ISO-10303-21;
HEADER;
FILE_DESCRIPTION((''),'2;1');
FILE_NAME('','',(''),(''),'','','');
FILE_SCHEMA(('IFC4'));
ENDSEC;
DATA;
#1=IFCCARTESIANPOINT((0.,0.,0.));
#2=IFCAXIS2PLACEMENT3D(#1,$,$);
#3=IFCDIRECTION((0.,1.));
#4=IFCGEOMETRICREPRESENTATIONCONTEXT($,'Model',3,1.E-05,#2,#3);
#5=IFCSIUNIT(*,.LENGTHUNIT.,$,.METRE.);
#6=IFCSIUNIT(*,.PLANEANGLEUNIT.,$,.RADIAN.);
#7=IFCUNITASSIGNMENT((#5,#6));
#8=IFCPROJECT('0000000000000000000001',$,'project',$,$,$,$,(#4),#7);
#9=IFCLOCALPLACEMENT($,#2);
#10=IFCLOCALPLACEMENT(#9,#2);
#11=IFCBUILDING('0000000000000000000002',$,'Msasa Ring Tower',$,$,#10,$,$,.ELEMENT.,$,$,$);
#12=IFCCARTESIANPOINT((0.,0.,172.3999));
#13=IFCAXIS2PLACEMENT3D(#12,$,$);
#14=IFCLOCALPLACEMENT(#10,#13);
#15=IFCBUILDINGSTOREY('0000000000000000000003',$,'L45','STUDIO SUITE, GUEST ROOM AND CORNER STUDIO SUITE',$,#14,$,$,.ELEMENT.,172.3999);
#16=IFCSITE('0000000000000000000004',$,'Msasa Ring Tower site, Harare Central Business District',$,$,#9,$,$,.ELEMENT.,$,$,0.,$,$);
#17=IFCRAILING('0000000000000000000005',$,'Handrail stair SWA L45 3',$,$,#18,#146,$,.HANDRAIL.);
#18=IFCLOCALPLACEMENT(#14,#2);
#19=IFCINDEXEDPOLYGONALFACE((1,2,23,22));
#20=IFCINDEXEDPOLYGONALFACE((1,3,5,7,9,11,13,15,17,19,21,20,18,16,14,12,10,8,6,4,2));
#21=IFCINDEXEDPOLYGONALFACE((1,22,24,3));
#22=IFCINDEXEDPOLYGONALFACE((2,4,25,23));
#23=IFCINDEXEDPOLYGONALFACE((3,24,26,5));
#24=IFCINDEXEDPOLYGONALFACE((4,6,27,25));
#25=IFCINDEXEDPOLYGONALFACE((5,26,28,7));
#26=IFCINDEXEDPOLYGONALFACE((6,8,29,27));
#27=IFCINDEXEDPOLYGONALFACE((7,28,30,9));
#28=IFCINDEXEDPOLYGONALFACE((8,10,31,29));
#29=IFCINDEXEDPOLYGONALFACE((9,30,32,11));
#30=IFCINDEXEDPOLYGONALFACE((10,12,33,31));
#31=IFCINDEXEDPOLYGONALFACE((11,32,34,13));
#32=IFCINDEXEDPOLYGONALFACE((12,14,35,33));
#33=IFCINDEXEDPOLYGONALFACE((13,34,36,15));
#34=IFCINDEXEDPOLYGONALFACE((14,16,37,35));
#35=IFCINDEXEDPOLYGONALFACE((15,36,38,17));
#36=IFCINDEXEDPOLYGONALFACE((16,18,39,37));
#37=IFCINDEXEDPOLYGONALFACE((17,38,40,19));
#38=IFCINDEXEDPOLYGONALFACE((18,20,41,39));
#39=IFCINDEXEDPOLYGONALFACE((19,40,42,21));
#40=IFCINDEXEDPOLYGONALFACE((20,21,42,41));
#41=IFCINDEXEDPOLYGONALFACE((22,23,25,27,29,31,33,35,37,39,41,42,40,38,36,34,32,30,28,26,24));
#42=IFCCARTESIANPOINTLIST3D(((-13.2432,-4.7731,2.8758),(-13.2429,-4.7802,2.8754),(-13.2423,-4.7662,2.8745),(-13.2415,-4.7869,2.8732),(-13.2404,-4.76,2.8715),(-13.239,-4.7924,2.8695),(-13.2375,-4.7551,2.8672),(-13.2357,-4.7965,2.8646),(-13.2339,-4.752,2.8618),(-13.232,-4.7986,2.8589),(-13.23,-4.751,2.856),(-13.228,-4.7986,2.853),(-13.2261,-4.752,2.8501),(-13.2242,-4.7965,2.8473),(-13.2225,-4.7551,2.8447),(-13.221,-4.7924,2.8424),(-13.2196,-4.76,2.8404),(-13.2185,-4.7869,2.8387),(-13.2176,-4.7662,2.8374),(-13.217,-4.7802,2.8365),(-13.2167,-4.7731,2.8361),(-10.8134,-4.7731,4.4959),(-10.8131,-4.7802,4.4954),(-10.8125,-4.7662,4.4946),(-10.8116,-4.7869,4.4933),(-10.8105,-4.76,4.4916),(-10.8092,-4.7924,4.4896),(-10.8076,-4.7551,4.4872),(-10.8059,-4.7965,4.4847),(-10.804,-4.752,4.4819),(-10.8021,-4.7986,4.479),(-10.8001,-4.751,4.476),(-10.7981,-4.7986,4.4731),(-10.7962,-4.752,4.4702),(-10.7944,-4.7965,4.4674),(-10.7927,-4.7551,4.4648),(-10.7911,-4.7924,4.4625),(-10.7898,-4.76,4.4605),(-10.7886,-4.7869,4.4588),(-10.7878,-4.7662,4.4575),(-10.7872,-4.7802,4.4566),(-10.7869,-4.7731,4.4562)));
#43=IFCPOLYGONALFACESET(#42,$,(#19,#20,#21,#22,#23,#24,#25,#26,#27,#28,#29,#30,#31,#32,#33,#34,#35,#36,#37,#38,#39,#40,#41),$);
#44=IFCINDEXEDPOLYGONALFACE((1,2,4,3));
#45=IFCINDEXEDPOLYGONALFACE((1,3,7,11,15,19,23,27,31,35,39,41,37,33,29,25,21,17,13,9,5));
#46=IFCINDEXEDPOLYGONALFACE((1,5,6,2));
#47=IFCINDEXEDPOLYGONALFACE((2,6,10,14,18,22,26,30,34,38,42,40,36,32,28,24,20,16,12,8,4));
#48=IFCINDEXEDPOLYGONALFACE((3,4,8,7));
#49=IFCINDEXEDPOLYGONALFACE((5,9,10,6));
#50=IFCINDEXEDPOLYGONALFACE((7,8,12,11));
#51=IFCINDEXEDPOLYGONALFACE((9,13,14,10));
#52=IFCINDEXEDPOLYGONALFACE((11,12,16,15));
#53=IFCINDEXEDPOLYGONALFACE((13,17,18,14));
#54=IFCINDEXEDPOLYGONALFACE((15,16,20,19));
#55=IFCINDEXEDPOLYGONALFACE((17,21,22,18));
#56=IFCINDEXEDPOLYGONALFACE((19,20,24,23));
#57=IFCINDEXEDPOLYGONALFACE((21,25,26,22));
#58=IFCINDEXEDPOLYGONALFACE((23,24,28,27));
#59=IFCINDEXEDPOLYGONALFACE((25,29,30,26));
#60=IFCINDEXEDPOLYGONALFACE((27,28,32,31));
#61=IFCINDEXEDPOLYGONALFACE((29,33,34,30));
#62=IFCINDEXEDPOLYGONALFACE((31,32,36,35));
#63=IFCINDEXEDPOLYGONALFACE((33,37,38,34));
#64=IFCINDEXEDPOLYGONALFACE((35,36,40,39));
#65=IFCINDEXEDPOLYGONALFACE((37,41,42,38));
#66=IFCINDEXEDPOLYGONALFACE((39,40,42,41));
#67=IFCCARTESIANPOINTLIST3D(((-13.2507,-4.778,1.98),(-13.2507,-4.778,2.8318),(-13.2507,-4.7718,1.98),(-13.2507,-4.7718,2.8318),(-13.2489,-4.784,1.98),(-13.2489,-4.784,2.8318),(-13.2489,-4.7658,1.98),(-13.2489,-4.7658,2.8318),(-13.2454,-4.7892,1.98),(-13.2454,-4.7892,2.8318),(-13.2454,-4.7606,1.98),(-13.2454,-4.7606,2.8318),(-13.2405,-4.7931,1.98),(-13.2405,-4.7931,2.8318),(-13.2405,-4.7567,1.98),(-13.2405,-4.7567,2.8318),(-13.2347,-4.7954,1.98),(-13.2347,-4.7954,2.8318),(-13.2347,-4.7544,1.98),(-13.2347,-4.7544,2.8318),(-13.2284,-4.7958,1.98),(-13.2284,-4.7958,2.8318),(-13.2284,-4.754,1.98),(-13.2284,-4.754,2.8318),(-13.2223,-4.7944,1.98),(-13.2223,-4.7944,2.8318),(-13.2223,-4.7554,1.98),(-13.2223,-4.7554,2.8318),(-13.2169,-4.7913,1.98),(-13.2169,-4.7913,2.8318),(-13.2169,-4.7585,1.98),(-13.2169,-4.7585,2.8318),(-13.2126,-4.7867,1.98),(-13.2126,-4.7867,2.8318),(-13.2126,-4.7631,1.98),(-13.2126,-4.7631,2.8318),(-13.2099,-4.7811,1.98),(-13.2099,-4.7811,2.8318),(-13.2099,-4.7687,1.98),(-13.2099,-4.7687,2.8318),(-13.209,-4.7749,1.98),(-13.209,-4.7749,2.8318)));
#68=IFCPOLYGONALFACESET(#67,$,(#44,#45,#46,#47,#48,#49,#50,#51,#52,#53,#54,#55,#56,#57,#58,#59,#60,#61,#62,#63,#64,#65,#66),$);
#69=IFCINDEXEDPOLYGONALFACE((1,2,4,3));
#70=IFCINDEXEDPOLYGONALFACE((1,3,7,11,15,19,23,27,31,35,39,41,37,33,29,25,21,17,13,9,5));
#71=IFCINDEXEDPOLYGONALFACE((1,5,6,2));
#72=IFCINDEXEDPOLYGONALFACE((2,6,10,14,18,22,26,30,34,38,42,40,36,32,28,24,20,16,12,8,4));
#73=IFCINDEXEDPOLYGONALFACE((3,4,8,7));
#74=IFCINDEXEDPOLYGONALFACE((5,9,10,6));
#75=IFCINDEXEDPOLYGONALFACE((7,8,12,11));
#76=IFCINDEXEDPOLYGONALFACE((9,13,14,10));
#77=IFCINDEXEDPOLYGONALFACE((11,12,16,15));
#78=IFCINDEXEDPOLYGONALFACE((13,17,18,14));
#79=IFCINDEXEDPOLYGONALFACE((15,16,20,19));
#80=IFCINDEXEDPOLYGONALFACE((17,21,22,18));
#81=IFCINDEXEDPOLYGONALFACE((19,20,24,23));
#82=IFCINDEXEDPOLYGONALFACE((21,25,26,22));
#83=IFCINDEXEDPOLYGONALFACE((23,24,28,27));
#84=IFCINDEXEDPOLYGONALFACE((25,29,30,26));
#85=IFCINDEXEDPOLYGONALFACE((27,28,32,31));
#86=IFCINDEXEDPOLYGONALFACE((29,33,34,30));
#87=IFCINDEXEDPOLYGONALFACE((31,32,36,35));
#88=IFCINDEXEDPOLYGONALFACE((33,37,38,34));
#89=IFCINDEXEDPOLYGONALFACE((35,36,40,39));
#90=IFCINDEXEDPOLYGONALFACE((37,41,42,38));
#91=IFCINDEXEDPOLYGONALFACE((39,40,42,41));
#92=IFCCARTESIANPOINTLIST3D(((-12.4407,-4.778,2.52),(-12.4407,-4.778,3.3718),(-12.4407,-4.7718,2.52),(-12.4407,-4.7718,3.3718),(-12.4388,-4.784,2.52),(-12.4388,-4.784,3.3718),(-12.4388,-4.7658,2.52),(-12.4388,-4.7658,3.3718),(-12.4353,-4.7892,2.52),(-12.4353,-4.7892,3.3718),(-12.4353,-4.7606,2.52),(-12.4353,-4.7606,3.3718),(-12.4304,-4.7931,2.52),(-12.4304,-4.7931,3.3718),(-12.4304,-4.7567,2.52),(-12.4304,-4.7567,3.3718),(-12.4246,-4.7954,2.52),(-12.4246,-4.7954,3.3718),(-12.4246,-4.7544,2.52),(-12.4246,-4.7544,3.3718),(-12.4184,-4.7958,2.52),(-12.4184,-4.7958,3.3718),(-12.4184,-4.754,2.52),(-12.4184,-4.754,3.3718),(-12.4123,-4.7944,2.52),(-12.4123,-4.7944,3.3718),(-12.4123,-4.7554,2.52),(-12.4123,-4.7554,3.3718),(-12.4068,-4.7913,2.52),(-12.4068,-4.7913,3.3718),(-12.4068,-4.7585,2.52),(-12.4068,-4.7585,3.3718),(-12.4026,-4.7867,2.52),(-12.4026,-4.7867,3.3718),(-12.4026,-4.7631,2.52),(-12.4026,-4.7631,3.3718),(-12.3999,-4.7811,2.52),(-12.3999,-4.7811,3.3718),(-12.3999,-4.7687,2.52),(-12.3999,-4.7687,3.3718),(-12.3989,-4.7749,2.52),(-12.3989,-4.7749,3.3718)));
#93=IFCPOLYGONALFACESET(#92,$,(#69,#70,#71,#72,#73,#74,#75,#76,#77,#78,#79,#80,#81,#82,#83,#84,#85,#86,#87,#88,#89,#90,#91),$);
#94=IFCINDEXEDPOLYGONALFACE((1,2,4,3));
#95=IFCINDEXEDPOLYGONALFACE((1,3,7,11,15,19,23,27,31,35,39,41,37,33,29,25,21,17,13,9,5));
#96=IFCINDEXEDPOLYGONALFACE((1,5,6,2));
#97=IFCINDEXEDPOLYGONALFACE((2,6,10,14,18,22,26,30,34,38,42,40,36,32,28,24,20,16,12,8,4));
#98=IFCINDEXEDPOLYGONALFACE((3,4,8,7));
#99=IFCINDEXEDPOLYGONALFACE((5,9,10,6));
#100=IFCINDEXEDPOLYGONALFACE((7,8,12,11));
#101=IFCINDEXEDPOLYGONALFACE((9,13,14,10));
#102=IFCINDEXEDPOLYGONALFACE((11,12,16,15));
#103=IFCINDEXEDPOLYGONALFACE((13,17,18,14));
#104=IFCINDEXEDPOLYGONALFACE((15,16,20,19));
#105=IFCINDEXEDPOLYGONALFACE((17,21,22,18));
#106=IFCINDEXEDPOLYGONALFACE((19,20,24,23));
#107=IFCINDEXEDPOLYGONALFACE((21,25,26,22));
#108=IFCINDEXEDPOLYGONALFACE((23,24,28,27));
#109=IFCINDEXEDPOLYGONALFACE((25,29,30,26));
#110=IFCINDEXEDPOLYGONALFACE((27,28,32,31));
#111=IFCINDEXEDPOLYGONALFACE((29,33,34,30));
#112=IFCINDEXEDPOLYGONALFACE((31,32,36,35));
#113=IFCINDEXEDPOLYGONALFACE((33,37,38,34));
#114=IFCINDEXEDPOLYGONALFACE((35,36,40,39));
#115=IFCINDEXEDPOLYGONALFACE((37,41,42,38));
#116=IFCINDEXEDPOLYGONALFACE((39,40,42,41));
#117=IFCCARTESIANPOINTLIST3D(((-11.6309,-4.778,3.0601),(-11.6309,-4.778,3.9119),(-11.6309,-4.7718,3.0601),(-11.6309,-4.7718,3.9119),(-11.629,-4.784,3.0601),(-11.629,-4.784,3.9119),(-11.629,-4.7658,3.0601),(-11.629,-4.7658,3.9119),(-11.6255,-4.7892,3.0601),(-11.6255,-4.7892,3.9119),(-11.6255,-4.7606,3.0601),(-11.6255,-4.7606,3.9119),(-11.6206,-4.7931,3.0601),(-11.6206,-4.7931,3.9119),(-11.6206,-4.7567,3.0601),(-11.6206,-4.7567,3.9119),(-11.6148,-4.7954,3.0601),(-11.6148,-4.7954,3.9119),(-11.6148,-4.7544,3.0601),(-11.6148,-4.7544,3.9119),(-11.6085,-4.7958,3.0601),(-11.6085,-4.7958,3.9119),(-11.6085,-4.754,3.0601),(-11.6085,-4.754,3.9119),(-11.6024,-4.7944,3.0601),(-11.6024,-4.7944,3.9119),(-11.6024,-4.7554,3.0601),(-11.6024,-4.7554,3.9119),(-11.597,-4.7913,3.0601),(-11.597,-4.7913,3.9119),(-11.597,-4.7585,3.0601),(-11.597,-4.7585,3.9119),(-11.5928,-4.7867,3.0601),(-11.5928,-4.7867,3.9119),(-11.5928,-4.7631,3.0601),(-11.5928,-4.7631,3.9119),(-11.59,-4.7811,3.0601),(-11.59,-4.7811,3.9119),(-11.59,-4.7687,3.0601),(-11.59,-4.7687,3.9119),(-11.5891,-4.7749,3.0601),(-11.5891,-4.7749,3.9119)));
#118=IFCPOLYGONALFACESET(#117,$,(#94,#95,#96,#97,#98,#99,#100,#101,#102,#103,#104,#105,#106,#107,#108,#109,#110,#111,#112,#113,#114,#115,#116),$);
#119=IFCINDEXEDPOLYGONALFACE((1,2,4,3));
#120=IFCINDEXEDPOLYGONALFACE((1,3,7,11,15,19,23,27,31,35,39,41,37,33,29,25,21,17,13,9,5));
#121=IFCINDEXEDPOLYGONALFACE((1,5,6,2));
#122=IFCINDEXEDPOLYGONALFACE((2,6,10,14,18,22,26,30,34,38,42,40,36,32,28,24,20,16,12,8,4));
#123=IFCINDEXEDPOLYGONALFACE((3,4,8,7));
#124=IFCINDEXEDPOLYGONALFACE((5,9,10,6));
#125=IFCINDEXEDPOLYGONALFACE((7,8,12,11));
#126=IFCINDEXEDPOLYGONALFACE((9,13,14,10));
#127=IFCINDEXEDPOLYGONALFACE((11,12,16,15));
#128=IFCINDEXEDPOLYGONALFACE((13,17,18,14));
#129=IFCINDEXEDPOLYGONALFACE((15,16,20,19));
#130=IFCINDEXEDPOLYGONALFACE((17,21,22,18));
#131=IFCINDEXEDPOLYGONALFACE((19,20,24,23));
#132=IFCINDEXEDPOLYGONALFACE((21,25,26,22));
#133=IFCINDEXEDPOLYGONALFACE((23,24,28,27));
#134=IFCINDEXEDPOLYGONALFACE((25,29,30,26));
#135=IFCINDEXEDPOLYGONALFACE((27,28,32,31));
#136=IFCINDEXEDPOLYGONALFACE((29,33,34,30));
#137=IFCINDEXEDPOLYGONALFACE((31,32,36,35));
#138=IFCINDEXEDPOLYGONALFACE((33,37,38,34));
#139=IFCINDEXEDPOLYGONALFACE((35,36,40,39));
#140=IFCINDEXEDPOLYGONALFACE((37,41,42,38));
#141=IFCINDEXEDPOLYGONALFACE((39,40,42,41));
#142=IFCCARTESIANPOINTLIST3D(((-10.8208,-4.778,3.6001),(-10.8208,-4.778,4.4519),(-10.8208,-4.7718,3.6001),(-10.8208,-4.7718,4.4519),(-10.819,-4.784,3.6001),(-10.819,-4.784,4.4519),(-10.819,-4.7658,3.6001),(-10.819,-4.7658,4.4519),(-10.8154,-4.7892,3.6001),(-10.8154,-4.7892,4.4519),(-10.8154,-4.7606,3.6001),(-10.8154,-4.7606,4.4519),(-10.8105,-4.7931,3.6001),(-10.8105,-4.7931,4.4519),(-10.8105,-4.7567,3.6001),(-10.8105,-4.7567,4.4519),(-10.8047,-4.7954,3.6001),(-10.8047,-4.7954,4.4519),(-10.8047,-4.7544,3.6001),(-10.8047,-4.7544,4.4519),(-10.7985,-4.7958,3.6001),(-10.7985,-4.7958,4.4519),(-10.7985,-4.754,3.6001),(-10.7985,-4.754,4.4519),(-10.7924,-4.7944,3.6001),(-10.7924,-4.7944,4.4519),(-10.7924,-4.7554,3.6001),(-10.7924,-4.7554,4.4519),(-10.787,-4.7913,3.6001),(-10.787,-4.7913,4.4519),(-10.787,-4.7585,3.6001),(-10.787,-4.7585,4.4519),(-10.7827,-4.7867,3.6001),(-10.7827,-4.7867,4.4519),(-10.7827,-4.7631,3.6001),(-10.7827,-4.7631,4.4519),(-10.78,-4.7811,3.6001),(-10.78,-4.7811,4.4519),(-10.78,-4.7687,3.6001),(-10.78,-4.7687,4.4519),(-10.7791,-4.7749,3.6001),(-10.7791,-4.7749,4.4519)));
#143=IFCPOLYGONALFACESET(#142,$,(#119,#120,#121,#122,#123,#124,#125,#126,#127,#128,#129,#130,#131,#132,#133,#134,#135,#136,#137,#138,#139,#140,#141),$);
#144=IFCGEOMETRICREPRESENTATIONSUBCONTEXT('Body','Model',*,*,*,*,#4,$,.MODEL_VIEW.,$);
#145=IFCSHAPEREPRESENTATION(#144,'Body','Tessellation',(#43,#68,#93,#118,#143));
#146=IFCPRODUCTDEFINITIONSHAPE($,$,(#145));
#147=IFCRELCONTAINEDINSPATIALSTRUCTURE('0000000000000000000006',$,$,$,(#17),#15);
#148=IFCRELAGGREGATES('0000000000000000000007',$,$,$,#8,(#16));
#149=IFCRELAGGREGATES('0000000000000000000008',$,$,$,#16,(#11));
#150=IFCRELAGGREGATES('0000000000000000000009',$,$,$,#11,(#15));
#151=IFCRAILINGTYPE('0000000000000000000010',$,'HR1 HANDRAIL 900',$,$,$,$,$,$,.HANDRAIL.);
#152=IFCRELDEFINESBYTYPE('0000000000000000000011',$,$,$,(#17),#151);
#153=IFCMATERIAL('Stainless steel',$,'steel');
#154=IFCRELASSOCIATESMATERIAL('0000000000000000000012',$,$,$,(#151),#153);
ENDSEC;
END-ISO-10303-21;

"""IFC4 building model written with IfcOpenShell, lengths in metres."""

from ifc_helpers import new_model, si_unit, direction, frame, origin, origin_2d, place, context, subcontext, project, spatial, circle, extrude, material, type_object, element, save


model = new_model("IFC4")

# Units and contexts
model_context = context("Model", 3, precision=1e-05, world=origin(), true_north=direction((0.0, 1.0)))
body_context = subcontext(model_context, "Body", "Model", "MODEL_VIEW")
ifc_project = project(units=[si_unit("LENGTHUNIT", "METRE"), si_unit("PLANEANGLEUNIT", "RADIAN")], contexts=[model_context])

# Site, building, storey
site_placement = place(None, origin())
site = spatial("IfcSite", under=ifc_project, at=site_placement, Name="Msasa Ring Tower site, Harare Central Business District", CompositionType="ELEMENT", RefElevation=0.0)
building_placement = place(site_placement, origin())
building = spatial("IfcBuilding", under=site, at=building_placement, Name="Msasa Ring Tower", CompositionType="ELEMENT")
storey_placement = place(building_placement, frame((0.0, 0.0, 172.3999)))
storey = spatial("IfcBuildingStorey", under=building, at=storey_placement, Name="L45", Description="STUDIO SUITE, GUEST ROOM AND CORNER STUDIO SUITE", CompositionType="ELEMENT", Elevation=172.3999)

# Railing
ifc_material_1 = material(Name="Stainless steel", Category="steel")
railing_type = type_object("IfcRailingType", Name="HR1 HANDRAIL 900", PredefinedType="HANDRAIL", material=ifc_material_1)
for number, where, name in (
    (1, (-13.23, -4.7749, 1.98), "Handrail stair SWA L45 3"),
):
    element("IfcRailing", number, at=place(storey_placement, frame(where)), inside=storey, type_object=railing_type, Name=name, PredefinedType="HANDRAIL", context=body_context, shape_type="SweptSolid", body=[
        extrude(circle(Radius=0.0239, at=origin_2d()), frame((0.0, 0.0, 0.876), z_axis=(0.832025, 0.0, 0.554739), x_axis=(0.0, 1.0, 0.0)), (0.0, 0.0, 1.0), 2.9204),
        extrude(circle(Radius=0.021, at=origin_2d()), origin(), (0.0, 0.0, 1.0), 0.8518),
        extrude(circle(Radius=0.021, at=origin_2d()), frame((0.8101, 0.0, 0.54)), (0.0, 0.0, 1.0), 0.8518),
        extrude(circle(Radius=0.021, at=origin_2d()), frame((1.6199, 0.0, 1.0801)), (0.0, 0.0, 1.0), 0.8518),
        extrude(circle(Radius=0.021, at=origin_2d()), frame((2.4299, 0.0, 1.6201)), (0.0, 0.0, 1.0), 0.8518),
    ])

save(model, "model.ifc")
